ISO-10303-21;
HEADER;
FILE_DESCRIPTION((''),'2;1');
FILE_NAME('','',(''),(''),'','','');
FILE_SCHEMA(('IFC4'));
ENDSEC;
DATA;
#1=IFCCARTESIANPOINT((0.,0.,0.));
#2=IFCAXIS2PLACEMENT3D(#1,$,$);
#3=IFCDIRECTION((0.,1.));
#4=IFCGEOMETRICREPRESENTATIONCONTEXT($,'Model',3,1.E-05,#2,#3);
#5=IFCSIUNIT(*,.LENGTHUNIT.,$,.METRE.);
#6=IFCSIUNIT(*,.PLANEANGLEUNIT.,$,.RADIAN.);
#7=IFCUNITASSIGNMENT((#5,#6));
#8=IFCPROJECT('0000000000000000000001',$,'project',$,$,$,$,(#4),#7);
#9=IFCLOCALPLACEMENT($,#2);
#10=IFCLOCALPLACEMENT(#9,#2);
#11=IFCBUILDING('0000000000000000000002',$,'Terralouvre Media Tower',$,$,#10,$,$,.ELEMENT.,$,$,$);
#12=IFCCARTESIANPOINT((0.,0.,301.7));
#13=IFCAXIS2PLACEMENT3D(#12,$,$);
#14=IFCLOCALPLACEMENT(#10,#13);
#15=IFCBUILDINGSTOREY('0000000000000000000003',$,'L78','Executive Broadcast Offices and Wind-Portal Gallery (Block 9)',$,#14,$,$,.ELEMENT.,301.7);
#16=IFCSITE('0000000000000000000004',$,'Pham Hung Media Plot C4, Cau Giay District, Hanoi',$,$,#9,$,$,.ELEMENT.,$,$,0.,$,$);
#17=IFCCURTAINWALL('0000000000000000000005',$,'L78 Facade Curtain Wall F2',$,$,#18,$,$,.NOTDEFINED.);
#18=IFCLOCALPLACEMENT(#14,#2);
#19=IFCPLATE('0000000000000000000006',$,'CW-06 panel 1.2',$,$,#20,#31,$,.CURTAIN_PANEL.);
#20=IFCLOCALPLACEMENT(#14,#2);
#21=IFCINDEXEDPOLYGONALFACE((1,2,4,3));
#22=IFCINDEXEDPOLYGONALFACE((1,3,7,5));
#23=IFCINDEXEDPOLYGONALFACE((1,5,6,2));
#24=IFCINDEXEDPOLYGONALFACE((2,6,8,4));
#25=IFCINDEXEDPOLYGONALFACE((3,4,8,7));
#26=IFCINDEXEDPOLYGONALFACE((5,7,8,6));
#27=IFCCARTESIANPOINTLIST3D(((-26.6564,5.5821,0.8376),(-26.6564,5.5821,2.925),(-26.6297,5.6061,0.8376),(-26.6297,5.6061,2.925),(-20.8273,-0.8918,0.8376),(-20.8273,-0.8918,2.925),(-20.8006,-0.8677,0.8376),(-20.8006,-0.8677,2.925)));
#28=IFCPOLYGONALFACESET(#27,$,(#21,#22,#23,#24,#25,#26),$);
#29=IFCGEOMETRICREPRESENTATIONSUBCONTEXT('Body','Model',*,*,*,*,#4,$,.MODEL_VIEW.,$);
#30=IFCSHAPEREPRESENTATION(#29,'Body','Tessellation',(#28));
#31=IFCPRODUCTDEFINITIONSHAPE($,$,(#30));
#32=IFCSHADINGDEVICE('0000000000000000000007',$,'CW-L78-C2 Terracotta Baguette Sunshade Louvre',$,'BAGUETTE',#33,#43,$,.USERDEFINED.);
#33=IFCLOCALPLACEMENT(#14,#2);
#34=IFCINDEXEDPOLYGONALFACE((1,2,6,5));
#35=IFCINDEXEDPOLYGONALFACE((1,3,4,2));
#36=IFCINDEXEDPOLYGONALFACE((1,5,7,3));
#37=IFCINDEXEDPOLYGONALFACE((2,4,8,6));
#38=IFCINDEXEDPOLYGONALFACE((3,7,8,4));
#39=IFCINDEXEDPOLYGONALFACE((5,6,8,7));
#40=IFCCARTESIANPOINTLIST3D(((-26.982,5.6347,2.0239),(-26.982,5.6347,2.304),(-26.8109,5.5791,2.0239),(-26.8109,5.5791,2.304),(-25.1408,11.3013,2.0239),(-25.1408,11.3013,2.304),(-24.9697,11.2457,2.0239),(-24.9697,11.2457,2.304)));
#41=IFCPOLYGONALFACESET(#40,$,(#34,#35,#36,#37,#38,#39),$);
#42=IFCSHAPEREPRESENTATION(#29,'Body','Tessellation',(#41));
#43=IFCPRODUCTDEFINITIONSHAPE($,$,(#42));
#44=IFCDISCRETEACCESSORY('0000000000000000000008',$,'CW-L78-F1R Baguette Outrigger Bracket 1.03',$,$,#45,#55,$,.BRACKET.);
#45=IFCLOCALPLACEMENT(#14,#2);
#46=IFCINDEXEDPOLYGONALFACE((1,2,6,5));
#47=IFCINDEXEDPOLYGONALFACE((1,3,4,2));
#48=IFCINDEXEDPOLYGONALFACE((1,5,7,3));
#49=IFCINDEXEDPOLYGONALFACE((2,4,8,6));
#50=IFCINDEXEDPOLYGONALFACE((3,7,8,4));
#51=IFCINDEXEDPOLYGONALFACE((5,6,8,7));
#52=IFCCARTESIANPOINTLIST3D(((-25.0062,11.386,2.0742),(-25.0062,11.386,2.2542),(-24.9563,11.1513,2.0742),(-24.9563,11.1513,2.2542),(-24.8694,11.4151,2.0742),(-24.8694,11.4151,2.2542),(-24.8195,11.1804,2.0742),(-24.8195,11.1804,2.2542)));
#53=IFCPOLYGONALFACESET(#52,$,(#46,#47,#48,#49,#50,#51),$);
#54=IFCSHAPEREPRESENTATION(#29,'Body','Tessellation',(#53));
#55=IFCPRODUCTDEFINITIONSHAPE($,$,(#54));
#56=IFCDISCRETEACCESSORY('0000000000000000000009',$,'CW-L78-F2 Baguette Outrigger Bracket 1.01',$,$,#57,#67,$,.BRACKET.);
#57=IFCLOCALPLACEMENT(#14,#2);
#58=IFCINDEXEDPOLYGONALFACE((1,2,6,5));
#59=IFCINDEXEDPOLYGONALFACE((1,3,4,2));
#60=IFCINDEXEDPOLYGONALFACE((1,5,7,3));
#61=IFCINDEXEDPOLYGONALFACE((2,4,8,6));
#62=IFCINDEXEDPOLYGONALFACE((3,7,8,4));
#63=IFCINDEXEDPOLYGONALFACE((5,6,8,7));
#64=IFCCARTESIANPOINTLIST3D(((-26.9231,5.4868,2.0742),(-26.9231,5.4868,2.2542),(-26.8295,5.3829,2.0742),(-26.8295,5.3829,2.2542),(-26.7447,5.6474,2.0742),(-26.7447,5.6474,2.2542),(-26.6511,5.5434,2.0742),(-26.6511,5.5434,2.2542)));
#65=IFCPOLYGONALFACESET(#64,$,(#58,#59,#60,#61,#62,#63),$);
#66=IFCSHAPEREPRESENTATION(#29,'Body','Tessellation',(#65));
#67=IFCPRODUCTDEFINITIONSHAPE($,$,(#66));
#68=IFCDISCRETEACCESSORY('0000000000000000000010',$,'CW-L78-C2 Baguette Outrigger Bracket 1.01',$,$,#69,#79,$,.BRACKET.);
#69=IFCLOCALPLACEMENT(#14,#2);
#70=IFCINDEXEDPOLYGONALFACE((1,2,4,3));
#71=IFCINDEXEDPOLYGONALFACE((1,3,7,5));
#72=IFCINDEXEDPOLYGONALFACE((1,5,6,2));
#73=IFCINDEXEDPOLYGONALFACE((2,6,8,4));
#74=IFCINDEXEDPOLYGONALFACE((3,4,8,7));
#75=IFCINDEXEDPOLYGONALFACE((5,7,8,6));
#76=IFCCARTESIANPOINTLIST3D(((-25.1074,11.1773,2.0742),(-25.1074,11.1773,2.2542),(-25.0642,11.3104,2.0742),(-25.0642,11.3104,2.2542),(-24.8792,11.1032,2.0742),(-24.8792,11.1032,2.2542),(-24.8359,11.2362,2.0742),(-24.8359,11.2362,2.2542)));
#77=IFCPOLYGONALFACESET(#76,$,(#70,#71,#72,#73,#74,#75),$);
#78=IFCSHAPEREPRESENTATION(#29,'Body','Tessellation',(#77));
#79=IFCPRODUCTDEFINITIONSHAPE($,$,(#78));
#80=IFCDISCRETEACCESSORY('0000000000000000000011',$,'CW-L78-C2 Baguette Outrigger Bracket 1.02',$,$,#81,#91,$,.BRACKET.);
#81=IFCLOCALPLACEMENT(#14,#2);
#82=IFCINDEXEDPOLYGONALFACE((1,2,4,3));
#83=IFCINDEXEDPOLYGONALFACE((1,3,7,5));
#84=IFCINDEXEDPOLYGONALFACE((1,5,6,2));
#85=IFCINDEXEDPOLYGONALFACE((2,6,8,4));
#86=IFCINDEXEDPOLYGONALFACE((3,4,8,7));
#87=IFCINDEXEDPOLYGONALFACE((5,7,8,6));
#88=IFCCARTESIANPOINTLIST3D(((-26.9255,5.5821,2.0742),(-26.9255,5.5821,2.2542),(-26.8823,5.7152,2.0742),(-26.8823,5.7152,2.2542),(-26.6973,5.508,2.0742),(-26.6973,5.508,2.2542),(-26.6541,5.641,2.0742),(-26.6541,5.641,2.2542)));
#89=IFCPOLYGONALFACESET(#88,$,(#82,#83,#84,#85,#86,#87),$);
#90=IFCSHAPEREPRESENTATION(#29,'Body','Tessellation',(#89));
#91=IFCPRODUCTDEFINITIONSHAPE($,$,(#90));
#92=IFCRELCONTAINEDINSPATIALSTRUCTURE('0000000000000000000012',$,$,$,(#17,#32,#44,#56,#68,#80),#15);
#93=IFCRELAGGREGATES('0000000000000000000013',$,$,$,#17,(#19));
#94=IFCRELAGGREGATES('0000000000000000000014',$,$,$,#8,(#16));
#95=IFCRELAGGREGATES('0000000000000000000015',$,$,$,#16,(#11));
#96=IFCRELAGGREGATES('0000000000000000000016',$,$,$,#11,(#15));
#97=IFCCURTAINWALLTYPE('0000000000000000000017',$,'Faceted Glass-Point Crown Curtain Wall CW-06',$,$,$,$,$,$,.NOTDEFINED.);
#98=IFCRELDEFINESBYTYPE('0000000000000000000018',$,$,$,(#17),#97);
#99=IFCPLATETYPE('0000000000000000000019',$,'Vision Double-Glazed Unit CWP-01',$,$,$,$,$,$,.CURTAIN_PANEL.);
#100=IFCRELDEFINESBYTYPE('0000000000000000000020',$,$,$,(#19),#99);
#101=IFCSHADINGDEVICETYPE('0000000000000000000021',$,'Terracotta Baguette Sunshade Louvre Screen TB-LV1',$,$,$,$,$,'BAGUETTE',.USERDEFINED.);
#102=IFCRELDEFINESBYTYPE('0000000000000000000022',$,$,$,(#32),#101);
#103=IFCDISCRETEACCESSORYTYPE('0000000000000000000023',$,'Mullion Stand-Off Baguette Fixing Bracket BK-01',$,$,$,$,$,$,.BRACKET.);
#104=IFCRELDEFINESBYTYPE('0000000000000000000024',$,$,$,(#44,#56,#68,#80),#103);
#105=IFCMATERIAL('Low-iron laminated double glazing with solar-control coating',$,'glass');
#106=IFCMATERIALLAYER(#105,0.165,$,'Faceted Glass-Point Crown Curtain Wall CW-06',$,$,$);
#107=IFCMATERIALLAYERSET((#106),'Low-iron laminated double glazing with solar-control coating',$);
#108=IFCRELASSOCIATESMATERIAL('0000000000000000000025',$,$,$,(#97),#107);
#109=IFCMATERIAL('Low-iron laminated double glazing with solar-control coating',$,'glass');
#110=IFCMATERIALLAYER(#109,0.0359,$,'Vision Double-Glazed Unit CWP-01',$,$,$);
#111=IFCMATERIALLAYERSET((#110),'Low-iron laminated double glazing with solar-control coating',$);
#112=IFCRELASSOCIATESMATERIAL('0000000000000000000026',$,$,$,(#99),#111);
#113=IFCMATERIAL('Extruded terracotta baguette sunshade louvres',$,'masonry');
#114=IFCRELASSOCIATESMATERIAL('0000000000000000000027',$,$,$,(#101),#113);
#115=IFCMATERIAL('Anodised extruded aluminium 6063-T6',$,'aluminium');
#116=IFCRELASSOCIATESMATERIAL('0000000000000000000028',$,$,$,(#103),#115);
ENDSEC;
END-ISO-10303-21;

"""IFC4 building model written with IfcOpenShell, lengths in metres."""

from ifc_helpers import new_model, si_unit, direction, frame, origin, origin_2d, place, context, subcontext, project, spatial, rectangle, extrude, material, layer, layer_set, type_object, element, aggregate, save


model = new_model("IFC4")

# Units and contexts
model_context = context("Model", 3, precision=1e-05, world=origin(), true_north=direction((0.0, 1.0)))
body_context = subcontext(model_context, "Body", "Model", "MODEL_VIEW")
ifc_project = project(units=[si_unit("LENGTHUNIT", "METRE"), si_unit("PLANEANGLEUNIT", "RADIAN")], contexts=[model_context])

# Site, building, storey
site_placement = place(None, origin())
site = spatial("IfcSite", under=ifc_project, at=site_placement, Name="Pham Hung Media Plot C4, Cau Giay District, Hanoi", CompositionType="ELEMENT", RefElevation=0.0)
building_placement = place(site_placement, origin())
building = spatial("IfcBuilding", under=site, at=building_placement, Name="Terralouvre Media Tower", CompositionType="ELEMENT")
storey_placement = place(building_placement, frame((0.0, 0.0, 301.7)))
storey = spatial("IfcBuildingStorey", under=building, at=storey_placement, Name="L78", Description="Executive Broadcast Offices and Wind-Portal Gallery (Block 9)", CompositionType="ELEMENT", Elevation=301.7)

# Curtain wall
ifc_material_1 = material(Name="Low-iron laminated double glazing with solar-control coating", Category="glass")
ifc_layer_1 = layer(ifc_material_1, 0.165, Name="Faceted Glass-Point Crown Curtain Wall CW-06")
ifc_layer_set_1 = layer_set([ifc_layer_1], Name="Low-iron laminated double glazing with solar-control coating")
curtain_wall_type_1 = type_object("IfcCurtainWallType", Name="Faceted Glass-Point Crown Curtain Wall CW-06", PredefinedType="NOTDEFINED", material=ifc_layer_set_1)
curtain_wall_1_placement = place(storey_placement, origin())
curtain_wall_1 = element("IfcCurtainWall", 1, at=curtain_wall_1_placement, inside=storey, type_object=curtain_wall_type_1, Name="L78 Facade Curtain Wall F2", PredefinedType="NOTDEFINED")

# Plate
ifc_material_2 = material(Name="Low-iron laminated double glazing with solar-control coating", Category="glass")
ifc_layer_2 = layer(ifc_material_2, 0.0359, Name="Vision Double-Glazed Unit CWP-01")
ifc_layer_set_2 = layer_set([ifc_layer_2], Name="Low-iron laminated double glazing with solar-control coating")
plate_type_1 = type_object("IfcPlateType", Name="Vision Double-Glazed Unit CWP-01", PredefinedType="CURTAIN_PANEL", material=ifc_layer_set_2)
plate_1_placement = place(storey_placement, frame((-23.7285, 2.3572, 0.8376), z_axis=(0.0, 0.0, 1.0), x_axis=(0.669131, -0.743145, 0.0)))
plate_1 = element("IfcPlate", 2, at=plate_1_placement, type_object=plate_type_1, Name="CW-06 panel 1.2", PredefinedType="CURTAIN_PANEL", context=body_context, shape_type="SweptSolid", body=[
    extrude(rectangle(XDim=8.7114, YDim=0.0359, at=origin_2d()), origin(), (0.0, 0.0, 1.0), 2.0874),
])
aggregate(curtain_wall_1, [plate_1])

# Shading device
ifc_material_3 = material(Name="Extruded terracotta baguette sunshade louvres", Category="masonry")
shading_device_type = type_object("IfcShadingDeviceType", Name="Terracotta Baguette Sunshade Louvre Screen TB-LV1", ElementType="BAGUETTE", PredefinedType="USERDEFINED", material=ifc_material_3)
shading_device_placement = place(storey_placement, frame((-25.9758, 8.4402, 2.0239), z_axis=(0.0, 0.0, 1.0), x_axis=(-0.309017, -0.951057, 0.0)))
element("IfcShadingDevice", 3, at=shading_device_placement, inside=storey, type_object=shading_device_type, Name="CW-L78-C2 Terracotta Baguette Sunshade Louvre", ObjectType="BAGUETTE", PredefinedType="USERDEFINED", context=body_context, shape_type="SweptSolid", body=[
    extrude(rectangle(XDim=5.9583, YDim=0.1799, at=origin_2d()), origin(), (0.0, 0.0, 1.0), 0.28),
])

# Discrete accessories
ifc_material_4 = material(Name="Anodised extruded aluminium 6063-T6", Category="aluminium")
discrete_accessory_type = type_object("IfcDiscreteAccessoryType", Name="Mullion Stand-Off Baguette Fixing Bracket BK-01", PredefinedType="BRACKET", material=ifc_material_4)
for number, where, z_axis, x_axis, name in (
    (4, (-24.9128, 11.2832, 2.0742), (0.0, 0.0, 1.0), (-0.978148, -0.207911, 0.0), "CW-L78-F1R Baguette Outrigger Bracket 1.03"),
    (5, (-26.7871, 5.5151, 2.0742), (0.0, 0.0, 1.0), (0.669131, -0.743145, 0.0), "CW-L78-F2 Baguette Outrigger Bracket 1.01"),
    (6, (-24.9717, 11.2068, 2.0742), (0.0, 0.0, 1.0), (-0.309017, -0.951057, 0.0), "CW-L78-C2 Baguette Outrigger Bracket 1.01"),
    (7, (-26.7898, 5.6116, 2.0742), (0.0, 0.0, 1.0), (-0.309017, -0.951057, 0.0), "CW-L78-C2 Baguette Outrigger Bracket 1.02"),
):
    element("IfcDiscreteAccessory", number, at=place(storey_placement, frame(where, z_axis=z_axis, x_axis=x_axis)), inside=storey, type_object=discrete_accessory_type, Name=name, PredefinedType="BRACKET", context=body_context, shape_type="SweptSolid", body=[
        extrude(rectangle(XDim=0.1399, YDim=0.24, at=origin_2d()), origin(), (0.0, 0.0, 1.0), 0.1799),
    ])

save(model, "model.ifc")
